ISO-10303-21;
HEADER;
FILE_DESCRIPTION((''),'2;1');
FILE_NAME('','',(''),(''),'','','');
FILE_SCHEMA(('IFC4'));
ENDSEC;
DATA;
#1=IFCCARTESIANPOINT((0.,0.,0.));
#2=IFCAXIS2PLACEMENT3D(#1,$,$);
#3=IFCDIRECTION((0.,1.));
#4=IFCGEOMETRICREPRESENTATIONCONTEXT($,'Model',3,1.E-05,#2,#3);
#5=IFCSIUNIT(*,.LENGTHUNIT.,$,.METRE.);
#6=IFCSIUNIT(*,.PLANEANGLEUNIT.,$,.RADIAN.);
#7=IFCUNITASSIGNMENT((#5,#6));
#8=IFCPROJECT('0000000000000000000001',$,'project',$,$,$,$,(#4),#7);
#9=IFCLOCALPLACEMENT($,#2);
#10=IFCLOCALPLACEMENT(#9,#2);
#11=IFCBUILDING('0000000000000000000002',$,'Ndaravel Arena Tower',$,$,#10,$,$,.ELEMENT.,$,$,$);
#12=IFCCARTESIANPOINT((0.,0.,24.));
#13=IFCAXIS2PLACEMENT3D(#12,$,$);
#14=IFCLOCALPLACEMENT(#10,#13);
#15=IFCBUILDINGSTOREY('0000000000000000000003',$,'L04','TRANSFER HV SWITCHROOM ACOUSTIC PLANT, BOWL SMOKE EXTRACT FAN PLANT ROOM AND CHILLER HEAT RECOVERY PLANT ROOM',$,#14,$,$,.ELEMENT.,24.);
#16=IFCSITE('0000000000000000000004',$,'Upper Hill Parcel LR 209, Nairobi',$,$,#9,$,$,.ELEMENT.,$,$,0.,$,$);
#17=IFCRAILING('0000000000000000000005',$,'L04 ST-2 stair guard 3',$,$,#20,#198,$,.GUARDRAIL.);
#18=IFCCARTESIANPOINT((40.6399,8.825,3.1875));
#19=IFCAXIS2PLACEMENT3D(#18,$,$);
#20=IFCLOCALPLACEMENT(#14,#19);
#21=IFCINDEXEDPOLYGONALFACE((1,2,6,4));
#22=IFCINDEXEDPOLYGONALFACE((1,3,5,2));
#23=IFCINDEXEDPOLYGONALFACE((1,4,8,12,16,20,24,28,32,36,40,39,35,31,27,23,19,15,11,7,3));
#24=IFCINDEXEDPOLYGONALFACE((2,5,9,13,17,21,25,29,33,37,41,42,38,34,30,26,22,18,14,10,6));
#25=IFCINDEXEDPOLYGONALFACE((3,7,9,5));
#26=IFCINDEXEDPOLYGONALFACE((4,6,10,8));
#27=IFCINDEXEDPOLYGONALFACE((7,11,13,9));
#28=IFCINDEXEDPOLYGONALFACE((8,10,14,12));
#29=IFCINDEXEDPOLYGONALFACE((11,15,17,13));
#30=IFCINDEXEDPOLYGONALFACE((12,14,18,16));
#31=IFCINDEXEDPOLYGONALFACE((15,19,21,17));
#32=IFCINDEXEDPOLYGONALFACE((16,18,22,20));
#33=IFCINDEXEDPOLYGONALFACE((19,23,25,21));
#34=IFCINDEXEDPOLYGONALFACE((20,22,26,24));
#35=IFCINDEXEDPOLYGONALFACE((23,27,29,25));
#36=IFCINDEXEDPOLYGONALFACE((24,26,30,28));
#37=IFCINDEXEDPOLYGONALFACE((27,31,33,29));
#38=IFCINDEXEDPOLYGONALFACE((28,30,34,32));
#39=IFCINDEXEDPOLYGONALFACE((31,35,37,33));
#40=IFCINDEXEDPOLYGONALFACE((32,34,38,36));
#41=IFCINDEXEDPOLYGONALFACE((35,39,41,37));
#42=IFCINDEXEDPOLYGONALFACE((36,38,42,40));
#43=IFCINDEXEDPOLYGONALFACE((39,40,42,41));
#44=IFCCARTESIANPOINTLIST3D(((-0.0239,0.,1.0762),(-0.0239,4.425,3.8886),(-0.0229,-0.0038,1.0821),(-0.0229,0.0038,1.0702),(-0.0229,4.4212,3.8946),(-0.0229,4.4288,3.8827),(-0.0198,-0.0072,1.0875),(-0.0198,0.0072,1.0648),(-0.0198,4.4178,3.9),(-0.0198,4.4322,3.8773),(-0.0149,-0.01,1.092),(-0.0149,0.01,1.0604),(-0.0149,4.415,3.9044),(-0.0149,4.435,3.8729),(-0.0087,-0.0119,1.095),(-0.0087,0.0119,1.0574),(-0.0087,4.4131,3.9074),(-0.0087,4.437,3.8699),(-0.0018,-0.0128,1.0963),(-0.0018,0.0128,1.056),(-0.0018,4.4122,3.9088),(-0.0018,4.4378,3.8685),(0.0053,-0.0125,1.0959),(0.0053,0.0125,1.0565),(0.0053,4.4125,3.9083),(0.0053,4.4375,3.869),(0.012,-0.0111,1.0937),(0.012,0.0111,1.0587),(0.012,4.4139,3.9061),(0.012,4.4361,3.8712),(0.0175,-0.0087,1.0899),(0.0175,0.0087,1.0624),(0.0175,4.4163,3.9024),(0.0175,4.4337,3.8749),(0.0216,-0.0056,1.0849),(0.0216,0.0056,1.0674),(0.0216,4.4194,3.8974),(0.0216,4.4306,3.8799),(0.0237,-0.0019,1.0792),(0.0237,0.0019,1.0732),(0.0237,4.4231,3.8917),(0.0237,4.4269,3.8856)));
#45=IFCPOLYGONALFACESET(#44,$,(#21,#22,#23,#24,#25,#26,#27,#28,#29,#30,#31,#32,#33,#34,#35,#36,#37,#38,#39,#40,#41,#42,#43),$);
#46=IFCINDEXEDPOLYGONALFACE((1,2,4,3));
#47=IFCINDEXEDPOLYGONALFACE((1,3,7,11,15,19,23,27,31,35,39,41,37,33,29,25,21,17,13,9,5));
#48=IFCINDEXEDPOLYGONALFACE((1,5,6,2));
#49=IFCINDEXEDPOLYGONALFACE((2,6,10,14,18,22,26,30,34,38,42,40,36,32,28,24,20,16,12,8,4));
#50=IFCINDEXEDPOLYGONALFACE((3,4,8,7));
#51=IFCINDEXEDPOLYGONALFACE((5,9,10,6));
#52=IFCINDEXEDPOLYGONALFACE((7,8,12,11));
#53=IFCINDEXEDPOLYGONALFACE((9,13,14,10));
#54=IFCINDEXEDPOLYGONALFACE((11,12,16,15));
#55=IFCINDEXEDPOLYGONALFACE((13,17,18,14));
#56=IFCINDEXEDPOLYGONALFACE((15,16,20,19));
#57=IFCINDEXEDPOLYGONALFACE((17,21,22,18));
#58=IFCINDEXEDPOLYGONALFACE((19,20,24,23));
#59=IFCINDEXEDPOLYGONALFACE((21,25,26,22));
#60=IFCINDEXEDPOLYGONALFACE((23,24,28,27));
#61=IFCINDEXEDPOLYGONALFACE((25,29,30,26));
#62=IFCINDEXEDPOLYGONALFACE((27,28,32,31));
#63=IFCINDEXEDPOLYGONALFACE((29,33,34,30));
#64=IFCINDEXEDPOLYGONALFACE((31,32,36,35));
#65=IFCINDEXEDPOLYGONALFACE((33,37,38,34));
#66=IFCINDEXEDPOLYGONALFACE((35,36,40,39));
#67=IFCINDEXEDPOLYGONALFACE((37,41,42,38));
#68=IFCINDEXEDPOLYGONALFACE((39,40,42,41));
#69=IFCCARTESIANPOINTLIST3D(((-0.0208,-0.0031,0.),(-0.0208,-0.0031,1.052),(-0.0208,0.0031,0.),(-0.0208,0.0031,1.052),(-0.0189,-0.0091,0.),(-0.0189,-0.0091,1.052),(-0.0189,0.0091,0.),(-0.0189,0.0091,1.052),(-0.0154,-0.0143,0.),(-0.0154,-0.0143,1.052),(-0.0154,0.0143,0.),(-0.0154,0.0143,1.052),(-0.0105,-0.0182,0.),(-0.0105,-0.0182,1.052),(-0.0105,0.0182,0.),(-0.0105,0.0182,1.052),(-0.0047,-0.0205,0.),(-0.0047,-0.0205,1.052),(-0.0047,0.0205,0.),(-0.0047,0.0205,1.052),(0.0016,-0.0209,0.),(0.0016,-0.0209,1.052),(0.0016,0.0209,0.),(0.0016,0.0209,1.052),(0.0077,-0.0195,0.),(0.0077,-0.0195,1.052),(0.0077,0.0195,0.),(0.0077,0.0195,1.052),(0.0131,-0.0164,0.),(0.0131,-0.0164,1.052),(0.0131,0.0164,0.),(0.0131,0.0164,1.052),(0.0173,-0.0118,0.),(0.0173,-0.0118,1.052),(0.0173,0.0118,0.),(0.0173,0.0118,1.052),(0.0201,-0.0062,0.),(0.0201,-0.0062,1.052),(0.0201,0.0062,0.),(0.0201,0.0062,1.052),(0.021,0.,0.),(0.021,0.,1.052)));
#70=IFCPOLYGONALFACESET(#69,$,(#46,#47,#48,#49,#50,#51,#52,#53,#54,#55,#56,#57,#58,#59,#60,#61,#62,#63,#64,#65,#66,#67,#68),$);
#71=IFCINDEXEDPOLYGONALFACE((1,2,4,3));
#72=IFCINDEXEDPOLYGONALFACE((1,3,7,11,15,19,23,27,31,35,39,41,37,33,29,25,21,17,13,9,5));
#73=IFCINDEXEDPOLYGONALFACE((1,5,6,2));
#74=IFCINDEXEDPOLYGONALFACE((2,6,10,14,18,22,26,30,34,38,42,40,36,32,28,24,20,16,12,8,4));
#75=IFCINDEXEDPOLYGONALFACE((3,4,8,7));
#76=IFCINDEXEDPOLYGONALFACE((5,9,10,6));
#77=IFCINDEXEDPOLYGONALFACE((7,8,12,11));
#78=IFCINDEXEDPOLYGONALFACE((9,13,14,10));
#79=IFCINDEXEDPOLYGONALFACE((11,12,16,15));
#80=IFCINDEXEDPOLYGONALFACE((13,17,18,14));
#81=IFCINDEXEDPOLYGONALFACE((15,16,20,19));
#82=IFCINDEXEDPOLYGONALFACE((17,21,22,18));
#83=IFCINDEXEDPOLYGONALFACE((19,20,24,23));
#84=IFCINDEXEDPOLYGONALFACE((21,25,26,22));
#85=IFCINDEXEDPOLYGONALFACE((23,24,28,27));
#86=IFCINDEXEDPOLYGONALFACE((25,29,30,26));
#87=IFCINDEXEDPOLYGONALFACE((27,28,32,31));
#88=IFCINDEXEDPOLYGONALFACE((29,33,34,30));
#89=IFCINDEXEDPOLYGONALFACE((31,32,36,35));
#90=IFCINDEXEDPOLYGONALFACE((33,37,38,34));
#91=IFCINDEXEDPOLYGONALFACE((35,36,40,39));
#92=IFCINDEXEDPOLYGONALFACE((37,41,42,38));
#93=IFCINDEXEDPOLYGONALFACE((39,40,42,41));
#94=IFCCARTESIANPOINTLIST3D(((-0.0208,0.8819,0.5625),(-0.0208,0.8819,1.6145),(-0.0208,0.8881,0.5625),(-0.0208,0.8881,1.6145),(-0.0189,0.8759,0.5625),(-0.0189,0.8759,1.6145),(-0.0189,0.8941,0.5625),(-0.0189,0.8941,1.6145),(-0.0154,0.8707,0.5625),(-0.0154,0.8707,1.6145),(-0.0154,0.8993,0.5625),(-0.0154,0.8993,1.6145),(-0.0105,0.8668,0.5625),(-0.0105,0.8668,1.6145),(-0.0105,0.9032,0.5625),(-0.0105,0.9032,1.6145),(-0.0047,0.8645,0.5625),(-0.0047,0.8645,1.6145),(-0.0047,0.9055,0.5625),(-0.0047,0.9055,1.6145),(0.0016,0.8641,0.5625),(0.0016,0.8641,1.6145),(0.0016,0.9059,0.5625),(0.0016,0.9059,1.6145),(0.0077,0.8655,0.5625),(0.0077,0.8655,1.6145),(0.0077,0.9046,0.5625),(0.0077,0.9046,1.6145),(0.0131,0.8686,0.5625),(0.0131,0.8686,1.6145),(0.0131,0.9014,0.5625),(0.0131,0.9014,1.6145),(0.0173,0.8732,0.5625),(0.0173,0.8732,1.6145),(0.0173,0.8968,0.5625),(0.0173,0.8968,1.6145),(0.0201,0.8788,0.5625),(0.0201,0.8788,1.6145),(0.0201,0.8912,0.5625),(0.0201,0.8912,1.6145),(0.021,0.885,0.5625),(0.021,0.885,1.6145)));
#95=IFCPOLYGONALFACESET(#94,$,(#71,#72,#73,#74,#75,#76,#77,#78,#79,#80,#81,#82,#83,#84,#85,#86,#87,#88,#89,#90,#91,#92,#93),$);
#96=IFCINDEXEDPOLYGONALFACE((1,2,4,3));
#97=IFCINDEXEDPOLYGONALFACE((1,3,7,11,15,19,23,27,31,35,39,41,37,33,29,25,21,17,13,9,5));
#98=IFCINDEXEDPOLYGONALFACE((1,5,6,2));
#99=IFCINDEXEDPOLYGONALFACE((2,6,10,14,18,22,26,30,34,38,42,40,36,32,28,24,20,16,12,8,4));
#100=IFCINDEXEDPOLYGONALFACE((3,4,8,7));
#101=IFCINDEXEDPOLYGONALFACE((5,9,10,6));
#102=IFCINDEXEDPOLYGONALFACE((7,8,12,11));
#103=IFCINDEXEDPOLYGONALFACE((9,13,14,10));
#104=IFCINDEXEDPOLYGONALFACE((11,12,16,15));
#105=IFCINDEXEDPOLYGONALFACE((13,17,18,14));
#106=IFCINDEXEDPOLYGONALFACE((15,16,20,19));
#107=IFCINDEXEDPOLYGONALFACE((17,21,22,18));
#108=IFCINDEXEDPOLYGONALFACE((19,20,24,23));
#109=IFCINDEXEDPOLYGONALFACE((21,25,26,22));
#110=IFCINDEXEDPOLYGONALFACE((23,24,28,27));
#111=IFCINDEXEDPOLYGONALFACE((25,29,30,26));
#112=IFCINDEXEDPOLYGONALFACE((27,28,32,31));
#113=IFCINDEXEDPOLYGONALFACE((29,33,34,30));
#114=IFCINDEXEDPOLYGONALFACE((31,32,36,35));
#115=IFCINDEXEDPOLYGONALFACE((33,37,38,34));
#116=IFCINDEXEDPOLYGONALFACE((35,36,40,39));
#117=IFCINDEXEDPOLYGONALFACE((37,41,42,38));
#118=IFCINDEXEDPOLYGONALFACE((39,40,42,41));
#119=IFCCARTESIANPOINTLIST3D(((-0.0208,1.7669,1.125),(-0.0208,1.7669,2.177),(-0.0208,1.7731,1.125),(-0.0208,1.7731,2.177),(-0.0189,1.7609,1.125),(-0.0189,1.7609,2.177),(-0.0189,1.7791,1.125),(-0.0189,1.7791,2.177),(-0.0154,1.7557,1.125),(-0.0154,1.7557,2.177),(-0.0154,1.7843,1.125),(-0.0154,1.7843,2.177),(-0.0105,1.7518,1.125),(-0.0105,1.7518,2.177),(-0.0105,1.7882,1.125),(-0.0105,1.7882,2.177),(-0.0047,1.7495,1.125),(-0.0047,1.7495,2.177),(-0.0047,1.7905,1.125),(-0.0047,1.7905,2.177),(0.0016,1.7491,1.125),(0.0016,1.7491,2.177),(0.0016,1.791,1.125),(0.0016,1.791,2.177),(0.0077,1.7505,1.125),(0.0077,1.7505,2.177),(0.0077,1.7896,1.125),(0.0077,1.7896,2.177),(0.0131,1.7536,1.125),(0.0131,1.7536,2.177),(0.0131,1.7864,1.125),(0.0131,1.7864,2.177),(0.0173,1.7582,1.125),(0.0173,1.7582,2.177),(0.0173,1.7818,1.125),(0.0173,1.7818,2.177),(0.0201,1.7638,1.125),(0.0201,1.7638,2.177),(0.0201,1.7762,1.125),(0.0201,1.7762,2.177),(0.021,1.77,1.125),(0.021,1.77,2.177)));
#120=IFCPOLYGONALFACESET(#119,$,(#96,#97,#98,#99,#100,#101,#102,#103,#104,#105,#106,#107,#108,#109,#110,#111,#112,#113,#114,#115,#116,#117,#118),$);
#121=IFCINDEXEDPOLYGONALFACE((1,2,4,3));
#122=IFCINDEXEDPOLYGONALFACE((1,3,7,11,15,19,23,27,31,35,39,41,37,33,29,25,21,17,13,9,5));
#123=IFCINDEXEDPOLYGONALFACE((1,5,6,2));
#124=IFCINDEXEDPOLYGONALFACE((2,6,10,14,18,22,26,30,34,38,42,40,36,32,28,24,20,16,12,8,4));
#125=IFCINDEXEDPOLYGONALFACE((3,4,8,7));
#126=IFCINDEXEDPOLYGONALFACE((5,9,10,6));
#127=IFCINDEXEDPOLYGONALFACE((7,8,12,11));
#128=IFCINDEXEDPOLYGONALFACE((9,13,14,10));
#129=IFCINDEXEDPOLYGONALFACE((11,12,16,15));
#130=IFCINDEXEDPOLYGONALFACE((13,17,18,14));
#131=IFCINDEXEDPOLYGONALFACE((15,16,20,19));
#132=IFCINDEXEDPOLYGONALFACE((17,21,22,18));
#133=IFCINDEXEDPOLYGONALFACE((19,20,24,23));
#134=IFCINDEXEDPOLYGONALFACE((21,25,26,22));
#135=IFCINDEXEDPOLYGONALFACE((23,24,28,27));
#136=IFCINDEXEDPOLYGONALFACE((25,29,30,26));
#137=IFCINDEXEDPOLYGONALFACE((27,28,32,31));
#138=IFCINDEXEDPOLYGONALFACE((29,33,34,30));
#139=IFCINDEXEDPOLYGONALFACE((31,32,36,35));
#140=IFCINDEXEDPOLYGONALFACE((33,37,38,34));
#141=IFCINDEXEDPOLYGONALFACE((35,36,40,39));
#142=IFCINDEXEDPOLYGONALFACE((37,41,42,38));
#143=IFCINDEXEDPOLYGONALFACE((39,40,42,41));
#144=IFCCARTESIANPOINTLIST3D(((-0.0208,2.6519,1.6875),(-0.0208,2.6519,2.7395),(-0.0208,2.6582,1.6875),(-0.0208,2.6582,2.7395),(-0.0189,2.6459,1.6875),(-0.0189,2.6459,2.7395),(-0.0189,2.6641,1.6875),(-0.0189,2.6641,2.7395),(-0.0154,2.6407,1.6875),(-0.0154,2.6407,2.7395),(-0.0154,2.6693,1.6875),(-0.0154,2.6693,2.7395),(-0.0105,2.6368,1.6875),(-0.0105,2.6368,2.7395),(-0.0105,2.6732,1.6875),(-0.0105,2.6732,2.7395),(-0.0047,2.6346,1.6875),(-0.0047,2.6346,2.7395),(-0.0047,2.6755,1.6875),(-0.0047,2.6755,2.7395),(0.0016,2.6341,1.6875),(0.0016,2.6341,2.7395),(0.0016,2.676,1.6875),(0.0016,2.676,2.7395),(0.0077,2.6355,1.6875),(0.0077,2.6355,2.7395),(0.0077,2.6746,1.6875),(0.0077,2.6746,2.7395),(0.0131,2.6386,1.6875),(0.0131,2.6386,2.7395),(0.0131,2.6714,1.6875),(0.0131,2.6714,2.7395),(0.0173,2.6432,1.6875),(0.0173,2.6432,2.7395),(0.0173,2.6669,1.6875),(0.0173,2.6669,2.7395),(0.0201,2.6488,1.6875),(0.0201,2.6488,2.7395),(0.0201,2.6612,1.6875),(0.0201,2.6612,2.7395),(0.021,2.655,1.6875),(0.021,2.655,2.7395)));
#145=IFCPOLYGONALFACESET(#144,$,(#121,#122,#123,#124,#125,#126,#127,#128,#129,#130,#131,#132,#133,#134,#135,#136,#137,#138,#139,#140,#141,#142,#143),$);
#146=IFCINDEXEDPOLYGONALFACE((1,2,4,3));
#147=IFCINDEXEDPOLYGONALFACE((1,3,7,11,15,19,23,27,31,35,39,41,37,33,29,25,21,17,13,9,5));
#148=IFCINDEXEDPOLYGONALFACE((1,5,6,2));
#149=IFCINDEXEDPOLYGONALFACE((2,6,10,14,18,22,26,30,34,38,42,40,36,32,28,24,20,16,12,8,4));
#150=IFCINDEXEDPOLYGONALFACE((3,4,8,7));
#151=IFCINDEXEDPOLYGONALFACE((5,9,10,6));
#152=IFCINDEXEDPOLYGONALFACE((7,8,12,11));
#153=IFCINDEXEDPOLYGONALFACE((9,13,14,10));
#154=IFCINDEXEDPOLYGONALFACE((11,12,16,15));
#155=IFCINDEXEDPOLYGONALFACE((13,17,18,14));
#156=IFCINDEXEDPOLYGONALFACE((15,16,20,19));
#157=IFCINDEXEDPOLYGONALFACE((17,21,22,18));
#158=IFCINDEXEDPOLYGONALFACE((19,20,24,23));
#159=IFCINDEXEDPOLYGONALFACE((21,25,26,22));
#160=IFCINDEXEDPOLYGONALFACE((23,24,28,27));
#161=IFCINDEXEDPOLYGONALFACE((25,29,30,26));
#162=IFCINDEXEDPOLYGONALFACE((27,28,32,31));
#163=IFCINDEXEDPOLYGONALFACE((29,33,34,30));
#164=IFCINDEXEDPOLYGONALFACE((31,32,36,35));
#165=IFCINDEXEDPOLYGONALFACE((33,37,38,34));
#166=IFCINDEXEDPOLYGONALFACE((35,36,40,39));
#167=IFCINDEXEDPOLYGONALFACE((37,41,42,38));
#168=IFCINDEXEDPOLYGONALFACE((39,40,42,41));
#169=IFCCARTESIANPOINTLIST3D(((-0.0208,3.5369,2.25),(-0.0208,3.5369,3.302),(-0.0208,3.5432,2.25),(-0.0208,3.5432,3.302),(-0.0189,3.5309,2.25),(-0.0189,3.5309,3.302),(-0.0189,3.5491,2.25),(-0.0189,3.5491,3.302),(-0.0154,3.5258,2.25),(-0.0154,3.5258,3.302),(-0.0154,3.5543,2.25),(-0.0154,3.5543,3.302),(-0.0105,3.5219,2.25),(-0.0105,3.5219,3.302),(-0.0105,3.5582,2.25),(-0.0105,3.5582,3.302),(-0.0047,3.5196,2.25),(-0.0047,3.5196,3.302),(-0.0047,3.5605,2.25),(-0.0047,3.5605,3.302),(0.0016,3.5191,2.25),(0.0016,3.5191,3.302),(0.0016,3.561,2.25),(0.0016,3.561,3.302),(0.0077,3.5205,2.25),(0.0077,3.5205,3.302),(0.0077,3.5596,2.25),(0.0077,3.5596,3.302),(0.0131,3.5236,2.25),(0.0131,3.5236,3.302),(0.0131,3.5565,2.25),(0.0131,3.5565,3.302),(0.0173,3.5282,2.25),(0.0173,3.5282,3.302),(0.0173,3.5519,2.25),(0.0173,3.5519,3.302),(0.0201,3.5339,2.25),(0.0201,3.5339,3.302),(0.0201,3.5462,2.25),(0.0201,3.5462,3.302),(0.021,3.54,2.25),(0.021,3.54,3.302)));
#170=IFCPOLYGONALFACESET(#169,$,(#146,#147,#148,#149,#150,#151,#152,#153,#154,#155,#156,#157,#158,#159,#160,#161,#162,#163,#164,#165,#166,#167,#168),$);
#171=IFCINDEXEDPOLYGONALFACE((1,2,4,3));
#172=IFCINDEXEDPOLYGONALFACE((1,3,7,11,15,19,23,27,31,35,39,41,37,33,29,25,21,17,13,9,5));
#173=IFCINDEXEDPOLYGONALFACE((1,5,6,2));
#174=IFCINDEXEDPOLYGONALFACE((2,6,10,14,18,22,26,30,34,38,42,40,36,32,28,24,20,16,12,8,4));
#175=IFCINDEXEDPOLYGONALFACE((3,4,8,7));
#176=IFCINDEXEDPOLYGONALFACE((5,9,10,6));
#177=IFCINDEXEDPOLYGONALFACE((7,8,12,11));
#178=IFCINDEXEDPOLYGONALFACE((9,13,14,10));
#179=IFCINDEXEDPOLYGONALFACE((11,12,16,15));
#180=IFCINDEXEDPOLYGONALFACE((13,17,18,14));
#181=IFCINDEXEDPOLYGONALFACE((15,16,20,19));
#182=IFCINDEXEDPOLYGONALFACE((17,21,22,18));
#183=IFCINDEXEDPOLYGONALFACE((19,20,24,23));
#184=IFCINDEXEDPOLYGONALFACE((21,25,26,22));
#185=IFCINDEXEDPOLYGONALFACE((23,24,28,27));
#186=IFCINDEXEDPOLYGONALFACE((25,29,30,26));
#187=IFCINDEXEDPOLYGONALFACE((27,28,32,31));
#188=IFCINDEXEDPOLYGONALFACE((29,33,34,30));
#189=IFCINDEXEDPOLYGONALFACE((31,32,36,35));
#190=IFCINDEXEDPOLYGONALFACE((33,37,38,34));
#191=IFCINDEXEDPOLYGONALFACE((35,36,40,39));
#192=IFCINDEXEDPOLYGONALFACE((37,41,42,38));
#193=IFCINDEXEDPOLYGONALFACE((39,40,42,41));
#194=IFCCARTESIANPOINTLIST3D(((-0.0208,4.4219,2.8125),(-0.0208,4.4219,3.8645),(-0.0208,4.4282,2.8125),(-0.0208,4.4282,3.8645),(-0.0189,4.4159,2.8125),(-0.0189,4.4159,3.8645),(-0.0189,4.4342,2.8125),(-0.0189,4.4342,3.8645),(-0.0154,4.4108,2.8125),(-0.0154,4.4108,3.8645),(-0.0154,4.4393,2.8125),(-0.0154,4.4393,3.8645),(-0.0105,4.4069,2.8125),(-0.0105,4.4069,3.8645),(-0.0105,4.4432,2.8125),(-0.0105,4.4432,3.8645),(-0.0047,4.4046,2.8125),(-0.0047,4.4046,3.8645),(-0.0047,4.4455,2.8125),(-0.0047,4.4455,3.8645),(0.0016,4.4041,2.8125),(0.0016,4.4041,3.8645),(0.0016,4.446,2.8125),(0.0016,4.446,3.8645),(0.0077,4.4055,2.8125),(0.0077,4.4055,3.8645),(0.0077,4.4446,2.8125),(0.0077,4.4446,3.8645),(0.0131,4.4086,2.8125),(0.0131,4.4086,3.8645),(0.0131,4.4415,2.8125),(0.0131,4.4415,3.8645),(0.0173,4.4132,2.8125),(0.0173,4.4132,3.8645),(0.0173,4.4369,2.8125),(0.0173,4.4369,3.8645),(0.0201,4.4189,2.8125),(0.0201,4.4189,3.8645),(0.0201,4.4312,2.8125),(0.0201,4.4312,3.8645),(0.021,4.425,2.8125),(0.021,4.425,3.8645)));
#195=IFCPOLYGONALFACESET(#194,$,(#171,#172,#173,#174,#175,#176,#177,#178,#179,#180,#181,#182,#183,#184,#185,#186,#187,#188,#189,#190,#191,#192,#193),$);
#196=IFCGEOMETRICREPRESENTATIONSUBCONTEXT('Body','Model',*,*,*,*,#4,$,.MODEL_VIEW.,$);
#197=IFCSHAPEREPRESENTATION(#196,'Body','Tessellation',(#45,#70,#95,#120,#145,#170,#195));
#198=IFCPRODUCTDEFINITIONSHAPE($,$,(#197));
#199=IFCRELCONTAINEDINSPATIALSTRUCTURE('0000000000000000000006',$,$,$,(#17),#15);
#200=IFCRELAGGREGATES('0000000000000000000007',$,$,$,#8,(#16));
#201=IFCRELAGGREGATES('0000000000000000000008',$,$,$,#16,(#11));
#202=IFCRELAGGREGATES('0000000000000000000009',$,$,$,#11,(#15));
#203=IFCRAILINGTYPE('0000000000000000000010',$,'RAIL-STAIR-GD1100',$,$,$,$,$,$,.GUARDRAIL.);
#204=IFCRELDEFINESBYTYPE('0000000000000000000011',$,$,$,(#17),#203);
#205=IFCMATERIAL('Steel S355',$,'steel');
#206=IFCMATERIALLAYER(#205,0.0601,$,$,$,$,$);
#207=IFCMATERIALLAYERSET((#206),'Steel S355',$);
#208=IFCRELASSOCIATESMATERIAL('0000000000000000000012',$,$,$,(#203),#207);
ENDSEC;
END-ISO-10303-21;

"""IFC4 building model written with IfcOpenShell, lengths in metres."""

from ifc_helpers import new_model, si_unit, direction, frame, origin, origin_2d, place, context, subcontext, project, spatial, circle, extrude, material, layer, layer_set, type_object, element, save


model = new_model("IFC4")

# Units and contexts
model_context = context("Model", 3, precision=1e-05, world=origin(), true_north=direction((0.0, 1.0)))
body_context = subcontext(model_context, "Body", "Model", "MODEL_VIEW")
ifc_project = project(units=[si_unit("LENGTHUNIT", "METRE"), si_unit("PLANEANGLEUNIT", "RADIAN")], contexts=[model_context])

# Site, building, storey
site_placement = place(None, origin())
site = spatial("IfcSite", under=ifc_project, at=site_placement, Name="Upper Hill Parcel LR 209, Nairobi", CompositionType="ELEMENT", RefElevation=0.0)
building_placement = place(site_placement, origin())
building = spatial("IfcBuilding", under=site, at=building_placement, Name="Ndaravel Arena Tower", CompositionType="ELEMENT")
storey_placement = place(building_placement, frame((0.0, 0.0, 24.0)))
storey = spatial("IfcBuildingStorey", under=building, at=storey_placement, Name="L04", Description="TRANSFER HV SWITCHROOM ACOUSTIC PLANT, BOWL SMOKE EXTRACT FAN PLANT ROOM AND CHILLER HEAT RECOVERY PLANT ROOM", CompositionType="ELEMENT", Elevation=24.0)

# Railing
ifc_material_1 = material(Name="Steel S355", Category="steel")
ifc_layer_1 = layer(ifc_material_1, 0.0601)
ifc_layer_set_1 = layer_set([ifc_layer_1], Name="Steel S355")
railing_type_1 = type_object("IfcRailingType", Name="RAIL-STAIR-GD1100", PredefinedType="GUARDRAIL", material=ifc_layer_set_1)
railing_1_placement = place(storey_placement, frame((40.6399, 8.825, 3.1875)))
element("IfcRailing", 1, at=railing_1_placement, inside=storey, type_object=railing_type_1, Name="L04 ST-2 stair guard 3", PredefinedType="GUARDRAIL", context=body_context, shape_type="SweptSolid", body=[
    extrude(circle(Radius=0.0239, at=origin_2d()), frame((0.0, 0.0, 1.0762), z_axis=(0.0, 0.843959, 0.536408), x_axis=(-1.0, 0.0, 0.0)), (0.0, 0.0, 1.0), 5.2432),
    extrude(circle(Radius=0.021, at=origin_2d()), origin(), (0.0, 0.0, 1.0), 1.052),
    extrude(circle(Radius=0.021, at=origin_2d()), frame((0.0, 0.885, 0.5625)), (0.0, 0.0, 1.0), 1.052),
    extrude(circle(Radius=0.021, at=origin_2d()), frame((0.0, 1.77, 1.125)), (0.0, 0.0, 1.0), 1.052),
    extrude(circle(Radius=0.021, at=origin_2d()), frame((0.0, 2.655, 1.6875)), (0.0, 0.0, 1.0), 1.052),
    extrude(circle(Radius=0.021, at=origin_2d()), frame((0.0, 3.54, 2.25)), (0.0, 0.0, 1.0), 1.052),
    extrude(circle(Radius=0.021, at=origin_2d()), frame((0.0, 4.425, 2.8125)), (0.0, 0.0, 1.0), 1.052),
])

save(model, "model.ifc")
